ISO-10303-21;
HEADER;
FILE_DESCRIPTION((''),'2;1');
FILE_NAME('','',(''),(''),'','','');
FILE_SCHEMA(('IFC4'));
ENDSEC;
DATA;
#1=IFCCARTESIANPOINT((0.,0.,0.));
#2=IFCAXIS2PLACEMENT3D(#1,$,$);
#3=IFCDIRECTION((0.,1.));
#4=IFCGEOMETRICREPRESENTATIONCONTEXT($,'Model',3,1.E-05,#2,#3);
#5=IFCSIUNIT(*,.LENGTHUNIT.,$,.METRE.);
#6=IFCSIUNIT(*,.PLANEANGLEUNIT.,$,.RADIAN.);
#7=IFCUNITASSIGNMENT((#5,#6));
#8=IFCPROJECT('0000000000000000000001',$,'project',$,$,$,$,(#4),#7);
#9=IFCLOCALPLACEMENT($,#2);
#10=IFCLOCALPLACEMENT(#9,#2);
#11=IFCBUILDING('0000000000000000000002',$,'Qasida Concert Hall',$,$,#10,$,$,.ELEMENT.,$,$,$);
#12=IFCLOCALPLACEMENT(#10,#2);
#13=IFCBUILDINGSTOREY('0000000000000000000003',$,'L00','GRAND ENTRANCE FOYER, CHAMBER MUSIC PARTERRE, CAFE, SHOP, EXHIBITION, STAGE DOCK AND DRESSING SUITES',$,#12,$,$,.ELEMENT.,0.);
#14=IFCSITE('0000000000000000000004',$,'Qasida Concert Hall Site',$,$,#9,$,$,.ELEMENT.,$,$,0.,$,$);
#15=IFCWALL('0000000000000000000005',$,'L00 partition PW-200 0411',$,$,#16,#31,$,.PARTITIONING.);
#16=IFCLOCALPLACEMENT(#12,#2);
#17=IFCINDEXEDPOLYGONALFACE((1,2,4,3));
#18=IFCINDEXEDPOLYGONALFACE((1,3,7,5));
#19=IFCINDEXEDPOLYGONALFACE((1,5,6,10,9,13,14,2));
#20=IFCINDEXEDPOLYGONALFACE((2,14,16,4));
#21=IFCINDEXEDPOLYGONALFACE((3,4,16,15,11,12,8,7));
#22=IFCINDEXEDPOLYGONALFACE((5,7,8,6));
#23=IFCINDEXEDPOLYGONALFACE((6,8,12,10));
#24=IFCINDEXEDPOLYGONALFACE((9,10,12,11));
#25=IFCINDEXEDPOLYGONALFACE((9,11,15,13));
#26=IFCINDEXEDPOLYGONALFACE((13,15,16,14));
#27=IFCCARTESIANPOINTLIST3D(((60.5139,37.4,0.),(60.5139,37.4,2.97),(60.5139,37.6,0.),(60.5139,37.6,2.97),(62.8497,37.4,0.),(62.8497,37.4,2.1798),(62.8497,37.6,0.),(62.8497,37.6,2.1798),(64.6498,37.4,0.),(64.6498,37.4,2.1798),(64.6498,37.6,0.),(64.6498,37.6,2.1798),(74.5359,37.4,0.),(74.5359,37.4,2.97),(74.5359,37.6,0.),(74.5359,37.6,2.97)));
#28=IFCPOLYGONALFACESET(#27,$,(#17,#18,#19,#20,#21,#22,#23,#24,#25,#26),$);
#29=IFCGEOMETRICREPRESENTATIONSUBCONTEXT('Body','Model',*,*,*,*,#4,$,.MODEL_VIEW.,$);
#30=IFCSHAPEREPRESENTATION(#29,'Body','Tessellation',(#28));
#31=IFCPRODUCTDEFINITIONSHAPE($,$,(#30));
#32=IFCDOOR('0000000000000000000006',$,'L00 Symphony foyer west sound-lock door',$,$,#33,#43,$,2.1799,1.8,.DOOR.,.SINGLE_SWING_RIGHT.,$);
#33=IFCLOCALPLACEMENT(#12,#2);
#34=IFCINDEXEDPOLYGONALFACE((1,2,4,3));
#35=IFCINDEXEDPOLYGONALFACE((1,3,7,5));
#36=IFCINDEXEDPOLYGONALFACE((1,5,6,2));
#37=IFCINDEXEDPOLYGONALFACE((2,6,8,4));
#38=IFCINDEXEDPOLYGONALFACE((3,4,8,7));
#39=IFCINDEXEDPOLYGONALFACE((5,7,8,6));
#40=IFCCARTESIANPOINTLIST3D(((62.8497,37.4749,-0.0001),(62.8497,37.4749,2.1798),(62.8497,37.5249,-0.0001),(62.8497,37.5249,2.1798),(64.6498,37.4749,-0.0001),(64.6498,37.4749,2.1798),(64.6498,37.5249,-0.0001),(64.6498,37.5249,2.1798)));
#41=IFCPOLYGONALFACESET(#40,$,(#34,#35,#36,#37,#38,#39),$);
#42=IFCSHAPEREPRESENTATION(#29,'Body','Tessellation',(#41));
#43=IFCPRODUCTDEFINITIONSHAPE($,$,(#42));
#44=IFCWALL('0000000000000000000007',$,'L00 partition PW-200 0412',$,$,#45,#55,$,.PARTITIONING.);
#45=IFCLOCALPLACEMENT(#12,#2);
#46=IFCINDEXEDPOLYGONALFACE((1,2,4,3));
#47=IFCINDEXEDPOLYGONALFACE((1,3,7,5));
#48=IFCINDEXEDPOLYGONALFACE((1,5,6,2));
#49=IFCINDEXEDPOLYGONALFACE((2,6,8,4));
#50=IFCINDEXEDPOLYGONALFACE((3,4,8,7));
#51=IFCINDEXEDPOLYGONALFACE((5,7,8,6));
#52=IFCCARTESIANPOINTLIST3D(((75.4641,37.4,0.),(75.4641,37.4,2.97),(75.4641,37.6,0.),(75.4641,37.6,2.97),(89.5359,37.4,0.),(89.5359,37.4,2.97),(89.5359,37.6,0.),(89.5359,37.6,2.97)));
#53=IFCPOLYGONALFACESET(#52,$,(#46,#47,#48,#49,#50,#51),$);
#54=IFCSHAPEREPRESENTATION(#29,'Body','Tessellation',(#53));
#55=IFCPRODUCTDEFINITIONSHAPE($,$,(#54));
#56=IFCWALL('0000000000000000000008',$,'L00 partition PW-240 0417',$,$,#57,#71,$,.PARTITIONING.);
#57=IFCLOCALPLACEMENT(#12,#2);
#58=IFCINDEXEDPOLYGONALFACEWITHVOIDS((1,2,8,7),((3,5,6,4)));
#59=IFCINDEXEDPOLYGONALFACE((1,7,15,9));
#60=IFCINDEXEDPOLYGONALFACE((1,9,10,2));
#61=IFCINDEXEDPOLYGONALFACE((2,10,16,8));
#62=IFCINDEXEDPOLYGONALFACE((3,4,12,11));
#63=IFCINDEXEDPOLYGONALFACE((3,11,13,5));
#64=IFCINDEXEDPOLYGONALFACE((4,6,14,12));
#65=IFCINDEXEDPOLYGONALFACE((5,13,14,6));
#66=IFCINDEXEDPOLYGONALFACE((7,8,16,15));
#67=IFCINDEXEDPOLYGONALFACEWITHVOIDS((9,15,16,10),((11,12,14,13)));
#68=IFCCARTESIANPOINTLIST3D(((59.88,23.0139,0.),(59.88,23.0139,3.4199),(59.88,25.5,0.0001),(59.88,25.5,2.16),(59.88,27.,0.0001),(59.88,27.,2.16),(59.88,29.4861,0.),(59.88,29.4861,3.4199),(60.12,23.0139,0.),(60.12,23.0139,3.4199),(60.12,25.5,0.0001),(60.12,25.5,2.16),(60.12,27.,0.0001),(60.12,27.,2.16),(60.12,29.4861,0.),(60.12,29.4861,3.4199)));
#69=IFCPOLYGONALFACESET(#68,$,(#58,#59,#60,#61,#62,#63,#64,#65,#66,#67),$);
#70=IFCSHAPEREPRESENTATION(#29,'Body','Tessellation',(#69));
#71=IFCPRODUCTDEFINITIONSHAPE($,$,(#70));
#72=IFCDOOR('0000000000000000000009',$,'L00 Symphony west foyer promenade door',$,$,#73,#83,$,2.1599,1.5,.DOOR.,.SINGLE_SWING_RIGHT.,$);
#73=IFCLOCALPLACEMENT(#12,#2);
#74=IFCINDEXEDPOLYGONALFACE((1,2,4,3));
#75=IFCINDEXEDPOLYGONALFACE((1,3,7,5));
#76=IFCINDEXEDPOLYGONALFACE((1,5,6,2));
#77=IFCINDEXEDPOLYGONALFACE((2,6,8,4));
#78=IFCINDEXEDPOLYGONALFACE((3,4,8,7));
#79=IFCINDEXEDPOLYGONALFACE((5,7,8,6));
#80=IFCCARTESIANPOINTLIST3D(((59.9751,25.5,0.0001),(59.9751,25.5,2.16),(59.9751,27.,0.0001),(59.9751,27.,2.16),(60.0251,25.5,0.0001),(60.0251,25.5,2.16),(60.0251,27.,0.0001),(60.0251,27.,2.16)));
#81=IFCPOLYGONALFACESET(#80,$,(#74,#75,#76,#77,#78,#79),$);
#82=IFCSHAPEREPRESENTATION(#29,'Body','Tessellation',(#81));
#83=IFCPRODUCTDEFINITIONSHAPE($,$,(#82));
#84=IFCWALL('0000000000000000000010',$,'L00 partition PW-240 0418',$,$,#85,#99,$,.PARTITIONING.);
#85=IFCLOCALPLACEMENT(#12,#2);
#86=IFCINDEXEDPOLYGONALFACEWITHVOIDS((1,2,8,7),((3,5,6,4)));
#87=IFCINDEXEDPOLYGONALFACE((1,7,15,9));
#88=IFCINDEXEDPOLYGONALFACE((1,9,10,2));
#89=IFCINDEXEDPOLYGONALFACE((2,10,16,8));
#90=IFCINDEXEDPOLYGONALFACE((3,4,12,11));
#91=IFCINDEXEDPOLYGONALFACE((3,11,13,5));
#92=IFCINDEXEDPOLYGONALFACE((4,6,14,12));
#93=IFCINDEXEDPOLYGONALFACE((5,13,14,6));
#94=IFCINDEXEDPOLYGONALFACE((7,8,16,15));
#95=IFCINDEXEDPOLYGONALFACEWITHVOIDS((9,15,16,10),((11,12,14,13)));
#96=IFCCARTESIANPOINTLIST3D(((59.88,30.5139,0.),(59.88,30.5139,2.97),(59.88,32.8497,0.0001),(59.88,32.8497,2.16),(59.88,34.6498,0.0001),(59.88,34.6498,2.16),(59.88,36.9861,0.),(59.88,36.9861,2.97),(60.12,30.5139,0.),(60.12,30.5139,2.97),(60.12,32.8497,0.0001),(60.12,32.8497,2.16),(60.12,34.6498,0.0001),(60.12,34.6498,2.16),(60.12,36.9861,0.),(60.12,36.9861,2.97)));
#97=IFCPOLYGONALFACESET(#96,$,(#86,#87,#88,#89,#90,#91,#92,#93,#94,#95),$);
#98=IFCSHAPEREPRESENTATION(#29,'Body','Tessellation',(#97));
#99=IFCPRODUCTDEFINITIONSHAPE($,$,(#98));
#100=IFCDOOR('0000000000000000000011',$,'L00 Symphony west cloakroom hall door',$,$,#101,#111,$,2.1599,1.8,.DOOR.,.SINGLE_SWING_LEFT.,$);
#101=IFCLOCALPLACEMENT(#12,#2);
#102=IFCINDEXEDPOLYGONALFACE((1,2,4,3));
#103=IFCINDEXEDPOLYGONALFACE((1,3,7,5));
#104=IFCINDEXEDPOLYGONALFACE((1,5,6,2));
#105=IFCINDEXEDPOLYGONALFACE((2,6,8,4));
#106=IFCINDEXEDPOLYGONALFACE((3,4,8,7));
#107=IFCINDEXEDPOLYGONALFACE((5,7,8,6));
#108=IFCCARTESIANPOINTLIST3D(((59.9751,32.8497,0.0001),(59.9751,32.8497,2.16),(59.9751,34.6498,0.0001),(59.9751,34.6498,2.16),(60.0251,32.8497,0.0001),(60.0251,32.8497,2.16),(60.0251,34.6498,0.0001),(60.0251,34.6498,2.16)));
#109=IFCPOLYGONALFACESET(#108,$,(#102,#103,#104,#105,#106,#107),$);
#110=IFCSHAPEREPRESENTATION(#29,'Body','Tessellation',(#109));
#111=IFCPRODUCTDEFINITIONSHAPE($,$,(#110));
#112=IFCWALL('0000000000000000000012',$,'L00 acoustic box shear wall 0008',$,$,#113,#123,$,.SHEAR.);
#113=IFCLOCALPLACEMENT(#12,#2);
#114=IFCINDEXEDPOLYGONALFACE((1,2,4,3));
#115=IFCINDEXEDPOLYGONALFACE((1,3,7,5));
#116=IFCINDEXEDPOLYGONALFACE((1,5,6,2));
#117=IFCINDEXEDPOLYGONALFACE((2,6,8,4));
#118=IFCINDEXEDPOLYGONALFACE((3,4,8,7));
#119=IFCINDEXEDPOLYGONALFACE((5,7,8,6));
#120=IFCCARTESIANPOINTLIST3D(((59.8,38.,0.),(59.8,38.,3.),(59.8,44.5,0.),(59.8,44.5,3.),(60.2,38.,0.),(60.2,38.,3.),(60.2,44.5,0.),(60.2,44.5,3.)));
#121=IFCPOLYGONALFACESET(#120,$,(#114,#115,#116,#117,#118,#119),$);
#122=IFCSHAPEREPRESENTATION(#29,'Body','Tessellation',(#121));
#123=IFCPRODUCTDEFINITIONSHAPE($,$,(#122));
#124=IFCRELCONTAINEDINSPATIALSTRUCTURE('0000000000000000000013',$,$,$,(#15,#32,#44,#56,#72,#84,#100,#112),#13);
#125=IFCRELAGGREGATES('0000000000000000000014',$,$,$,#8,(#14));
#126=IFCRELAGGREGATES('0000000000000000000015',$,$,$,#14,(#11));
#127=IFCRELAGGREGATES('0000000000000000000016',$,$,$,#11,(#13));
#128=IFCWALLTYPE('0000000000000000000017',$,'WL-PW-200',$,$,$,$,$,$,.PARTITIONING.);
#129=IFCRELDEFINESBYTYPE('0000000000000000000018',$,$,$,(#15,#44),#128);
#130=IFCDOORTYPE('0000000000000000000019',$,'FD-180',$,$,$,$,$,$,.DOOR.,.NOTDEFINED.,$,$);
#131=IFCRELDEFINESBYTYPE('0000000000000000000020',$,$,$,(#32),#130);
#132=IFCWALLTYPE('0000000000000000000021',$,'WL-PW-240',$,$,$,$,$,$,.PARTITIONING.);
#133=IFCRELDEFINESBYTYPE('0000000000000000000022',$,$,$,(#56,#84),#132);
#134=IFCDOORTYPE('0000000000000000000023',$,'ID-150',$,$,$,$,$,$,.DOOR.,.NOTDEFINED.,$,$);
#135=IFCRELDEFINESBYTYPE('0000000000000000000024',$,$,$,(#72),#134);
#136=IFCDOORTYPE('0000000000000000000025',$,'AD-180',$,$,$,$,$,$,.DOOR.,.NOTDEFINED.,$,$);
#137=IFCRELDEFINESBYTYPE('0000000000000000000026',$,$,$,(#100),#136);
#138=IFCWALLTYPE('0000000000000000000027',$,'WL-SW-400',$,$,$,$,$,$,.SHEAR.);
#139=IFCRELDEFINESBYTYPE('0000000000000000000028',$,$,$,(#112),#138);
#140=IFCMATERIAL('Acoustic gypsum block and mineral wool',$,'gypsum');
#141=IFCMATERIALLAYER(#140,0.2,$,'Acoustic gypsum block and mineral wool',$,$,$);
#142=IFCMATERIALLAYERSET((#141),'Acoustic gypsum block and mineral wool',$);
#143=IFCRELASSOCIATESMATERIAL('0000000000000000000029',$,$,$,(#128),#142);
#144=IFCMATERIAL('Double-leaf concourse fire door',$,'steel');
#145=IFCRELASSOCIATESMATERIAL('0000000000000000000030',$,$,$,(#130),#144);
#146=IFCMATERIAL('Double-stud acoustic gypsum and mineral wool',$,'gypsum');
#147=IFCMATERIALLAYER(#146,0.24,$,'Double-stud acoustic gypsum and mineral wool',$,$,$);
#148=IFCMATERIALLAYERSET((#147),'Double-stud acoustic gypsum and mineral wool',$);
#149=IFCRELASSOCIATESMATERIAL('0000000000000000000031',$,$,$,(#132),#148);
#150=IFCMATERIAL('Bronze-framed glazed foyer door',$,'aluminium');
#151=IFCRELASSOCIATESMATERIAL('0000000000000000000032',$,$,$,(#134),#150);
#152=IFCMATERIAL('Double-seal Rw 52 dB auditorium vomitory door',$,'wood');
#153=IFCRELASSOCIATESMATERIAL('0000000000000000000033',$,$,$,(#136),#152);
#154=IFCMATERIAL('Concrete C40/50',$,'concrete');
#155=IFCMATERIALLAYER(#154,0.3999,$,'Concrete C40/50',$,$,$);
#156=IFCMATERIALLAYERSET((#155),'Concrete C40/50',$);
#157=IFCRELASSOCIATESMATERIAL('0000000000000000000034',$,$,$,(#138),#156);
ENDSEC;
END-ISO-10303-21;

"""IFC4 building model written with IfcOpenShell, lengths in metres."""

from ifc_helpers import new_model, si_unit, direction, frame, frame_2d, origin, place, context, subcontext, project, spatial, rectangle, extrude, material, layer, layer_set, type_object, element, fill, save


model = new_model("IFC4")

# Units and contexts
model_context = context("Model", 3, precision=1e-05, world=origin(), true_north=direction((0.0, 1.0)))
body_context = subcontext(model_context, "Body", "Model", "MODEL_VIEW")
ifc_project = project(units=[si_unit("LENGTHUNIT", "METRE"), si_unit("PLANEANGLEUNIT", "RADIAN")], contexts=[model_context])

# Site, building, storey
site_placement = place(None, origin())
site = spatial("IfcSite", under=ifc_project, at=site_placement, Name="Qasida Concert Hall Site", CompositionType="ELEMENT", RefElevation=0.0)
building_placement = place(site_placement, origin())
building = spatial("IfcBuilding", under=site, at=building_placement, Name="Qasida Concert Hall", CompositionType="ELEMENT")
storey_placement = place(building_placement, origin())
storey = spatial("IfcBuildingStorey", under=building, at=storey_placement, Name="L00", Description="GRAND ENTRANCE FOYER, CHAMBER MUSIC PARTERRE, CAFE, SHOP, EXHIBITION, STAGE DOCK AND DRESSING SUITES", CompositionType="ELEMENT", Elevation=0.0)

# Shared definitions
ifc_material_1 = material(Name="Concrete C40/50", Category="concrete")

# Wall, opening, door
ifc_material_2 = material(Name="Acoustic gypsum block and mineral wool", Category="gypsum")
ifc_layer_1 = layer(ifc_material_2, 0.2, Name="Acoustic gypsum block and mineral wool")
ifc_layer_set_1 = layer_set([ifc_layer_1], Name="Acoustic gypsum block and mineral wool")
wall_type_1 = type_object("IfcWallType", Name="WL-PW-200", PredefinedType="PARTITIONING", material=ifc_layer_set_1)
wall_1_placement = place(storey_placement, frame((60.5139, 37.5, 0.0), z_axis=(0.0, 0.0, 1.0), x_axis=(1.0, 0.0, 0.0)))
wall_1 = element("IfcWall", 1, at=wall_1_placement, inside=storey, type_object=wall_type_1, Name="L00 partition PW-200 0411", PredefinedType="PARTITIONING", context=body_context, shape_type="SweptSolid", body=[
    extrude(rectangle(XDim=14.022, YDim=0.2, at=frame_2d((7.011, 0.0))), origin(), (0.0, 0.0, 1.0), 2.97),
])
opening_1_placement = place(wall_1_placement, frame((2.3359, 0.0, 0.0)))
opening_1 = element("IfcOpeningElement", 2, at=opening_1_placement, cuts=wall_1, PredefinedType="OPENING", context=body_context, shape_type="SweptSolid", body=[
    extrude(rectangle(XDim=1.8, YDim=2.1799, at=frame_2d((0.8999, 1.0898))), frame((0.0, 0.1099, 0.0), z_axis=(0.0, -1.0, 0.0), x_axis=(1.0, 0.0, 0.0)), (0.0, 0.0, 1.0), 0.22),
])
ifc_material_3 = material(Name="Double-leaf concourse fire door", Category="steel")
door_type_1 = type_object("IfcDoorType", Name="FD-180", OperationType="NOTDEFINED", PredefinedType="DOOR", material=ifc_material_3)
door_1_placement = place(opening_1_placement, origin())
door_1 = element("IfcDoor", 3, at=door_1_placement, inside=storey, type_object=door_type_1, Name="L00 Symphony foyer west sound-lock door", OperationType="SINGLE_SWING_RIGHT", OverallHeight=2.1799, OverallWidth=1.8, PredefinedType="DOOR", context=body_context, shape_type="SweptSolid", body=[
    extrude(rectangle(XDim=1.8, YDim=2.1799, at=frame_2d((0.8999, 1.0898))), frame((0.0, 0.0249, 0.0), z_axis=(0.0, -1.0, 0.0), x_axis=(1.0, 0.0, 0.0)), (0.0, 0.0, 1.0), 0.05),
])
fill(opening_1, door_1)

# Wall
wall_2_placement = place(storey_placement, frame((75.4641, 37.5, 0.0), z_axis=(0.0, 0.0, 1.0), x_axis=(1.0, 0.0, 0.0)))
element("IfcWall", 4, at=wall_2_placement, inside=storey, type_object=wall_type_1, Name="L00 partition PW-200 0412", PredefinedType="PARTITIONING", context=body_context, shape_type="SweptSolid", body=[
    extrude(rectangle(XDim=14.0718, YDim=0.2, at=frame_2d((7.0359, 0.0))), origin(), (0.0, 0.0, 1.0), 2.97),
])

# Walls, openings, doors
ifc_material_4 = material(Name="Double-stud acoustic gypsum and mineral wool", Category="gypsum")
ifc_layer_2 = layer(ifc_material_4, 0.24, Name="Double-stud acoustic gypsum and mineral wool")
ifc_layer_set_2 = layer_set([ifc_layer_2], Name="Double-stud acoustic gypsum and mineral wool")
wall_type_2 = type_object("IfcWallType", Name="WL-PW-240", PredefinedType="PARTITIONING", material=ifc_layer_set_2)
wall_3_placement = place(storey_placement, frame((60.0, 23.0139, 0.0), z_axis=(0.0, 0.0, 1.0), x_axis=(0.0, 1.0, 0.0)))
wall_3 = element("IfcWall", 5, at=wall_3_placement, inside=storey, type_object=wall_type_2, Name="L00 partition PW-240 0417", PredefinedType="PARTITIONING", context=body_context, shape_type="SweptSolid", body=[
    extrude(rectangle(XDim=6.4722, YDim=0.24, at=frame_2d((3.2361, 0.0))), origin(), (0.0, 0.0, 1.0), 3.4199),
])
opening_2_placement = place(wall_3_placement, frame((2.4861, 0.0, 0.0)))
opening_2 = element("IfcOpeningElement", 6, at=opening_2_placement, cuts=wall_3, PredefinedType="OPENING", context=body_context, shape_type="SweptSolid", body=[
    extrude(rectangle(XDim=1.5, YDim=2.1599, at=frame_2d((0.75, 1.0801))), frame((0.0, 0.1299, 0.0), z_axis=(0.0, -1.0, 0.0), x_axis=(1.0, 0.0, 0.0)), (0.0, 0.0, 1.0), 0.26),
])
ifc_material_5 = material(Name="Bronze-framed glazed foyer door", Category="aluminium")
door_type_2 = type_object("IfcDoorType", Name="ID-150", OperationType="NOTDEFINED", PredefinedType="DOOR", material=ifc_material_5)
door_2_placement = place(opening_2_placement, origin())
door_2 = element("IfcDoor", 7, at=door_2_placement, inside=storey, type_object=door_type_2, Name="L00 Symphony west foyer promenade door", OperationType="SINGLE_SWING_RIGHT", OverallHeight=2.1599, OverallWidth=1.5, PredefinedType="DOOR", context=body_context, shape_type="SweptSolid", body=[
    extrude(rectangle(XDim=1.5, YDim=2.1599, at=frame_2d((0.75, 1.0801))), frame((0.0, 0.0249, 0.0), z_axis=(0.0, -1.0, 0.0), x_axis=(1.0, 0.0, 0.0)), (0.0, 0.0, 1.0), 0.05),
])
fill(opening_2, door_2)
wall_4_placement = place(storey_placement, frame((60.0, 30.5139, 0.0), z_axis=(0.0, 0.0, 1.0), x_axis=(0.0, 1.0, 0.0)))
wall_4 = element("IfcWall", 8, at=wall_4_placement, inside=storey, type_object=wall_type_2, Name="L00 partition PW-240 0418", PredefinedType="PARTITIONING", context=body_context, shape_type="SweptSolid", body=[
    extrude(rectangle(XDim=6.4722, YDim=0.24, at=frame_2d((3.2361, 0.0))), origin(), (0.0, 0.0, 1.0), 2.97),
])
opening_3_placement = place(wall_4_placement, frame((2.3359, 0.0, 0.0)))
opening_3 = element("IfcOpeningElement", 9, at=opening_3_placement, cuts=wall_4, PredefinedType="OPENING", context=body_context, shape_type="SweptSolid", body=[
    extrude(rectangle(XDim=1.8, YDim=2.1599, at=frame_2d((0.8999, 1.0801))), frame((0.0, 0.1299, 0.0), z_axis=(0.0, -1.0, 0.0), x_axis=(1.0, 0.0, 0.0)), (0.0, 0.0, 1.0), 0.26),
])
ifc_material_6 = material(Name="Double-seal Rw 52 dB auditorium vomitory door", Category="wood")
door_type_3 = type_object("IfcDoorType", Name="AD-180", OperationType="NOTDEFINED", PredefinedType="DOOR", material=ifc_material_6)
door_3_placement = place(opening_3_placement, origin())
door_3 = element("IfcDoor", 10, at=door_3_placement, inside=storey, type_object=door_type_3, Name="L00 Symphony west cloakroom hall door", OperationType="SINGLE_SWING_LEFT", OverallHeight=2.1599, OverallWidth=1.8, PredefinedType="DOOR", context=body_context, shape_type="SweptSolid", body=[
    extrude(rectangle(XDim=1.8, YDim=2.1599, at=frame_2d((0.8999, 1.0801))), frame((0.0, 0.0249, 0.0), z_axis=(0.0, -1.0, 0.0), x_axis=(1.0, 0.0, 0.0)), (0.0, 0.0, 1.0), 0.05),
])
fill(opening_3, door_3)

# Wall
ifc_layer_3 = layer(ifc_material_1, 0.3999, Name="Concrete C40/50")
ifc_layer_set_3 = layer_set([ifc_layer_3], Name="Concrete C40/50")
wall_type_3 = type_object("IfcWallType", Name="WL-SW-400", PredefinedType="SHEAR", material=ifc_layer_set_3)
wall_5_placement = place(storey_placement, frame((60.0, 38.0, 0.0), z_axis=(0.0, 0.0, 1.0), x_axis=(0.0, 1.0, 0.0)))
element("IfcWall", 11, at=wall_5_placement, inside=storey, type_object=wall_type_3, Name="L00 acoustic box shear wall 0008", PredefinedType="SHEAR", context=body_context, shape_type="SweptSolid", body=[
    extrude(rectangle(XDim=6.5, YDim=0.3999, at=frame_2d((3.25, 0.0))), origin(), (0.0, 0.0, 1.0), 3.0),
])

save(model, "model.ifc")
